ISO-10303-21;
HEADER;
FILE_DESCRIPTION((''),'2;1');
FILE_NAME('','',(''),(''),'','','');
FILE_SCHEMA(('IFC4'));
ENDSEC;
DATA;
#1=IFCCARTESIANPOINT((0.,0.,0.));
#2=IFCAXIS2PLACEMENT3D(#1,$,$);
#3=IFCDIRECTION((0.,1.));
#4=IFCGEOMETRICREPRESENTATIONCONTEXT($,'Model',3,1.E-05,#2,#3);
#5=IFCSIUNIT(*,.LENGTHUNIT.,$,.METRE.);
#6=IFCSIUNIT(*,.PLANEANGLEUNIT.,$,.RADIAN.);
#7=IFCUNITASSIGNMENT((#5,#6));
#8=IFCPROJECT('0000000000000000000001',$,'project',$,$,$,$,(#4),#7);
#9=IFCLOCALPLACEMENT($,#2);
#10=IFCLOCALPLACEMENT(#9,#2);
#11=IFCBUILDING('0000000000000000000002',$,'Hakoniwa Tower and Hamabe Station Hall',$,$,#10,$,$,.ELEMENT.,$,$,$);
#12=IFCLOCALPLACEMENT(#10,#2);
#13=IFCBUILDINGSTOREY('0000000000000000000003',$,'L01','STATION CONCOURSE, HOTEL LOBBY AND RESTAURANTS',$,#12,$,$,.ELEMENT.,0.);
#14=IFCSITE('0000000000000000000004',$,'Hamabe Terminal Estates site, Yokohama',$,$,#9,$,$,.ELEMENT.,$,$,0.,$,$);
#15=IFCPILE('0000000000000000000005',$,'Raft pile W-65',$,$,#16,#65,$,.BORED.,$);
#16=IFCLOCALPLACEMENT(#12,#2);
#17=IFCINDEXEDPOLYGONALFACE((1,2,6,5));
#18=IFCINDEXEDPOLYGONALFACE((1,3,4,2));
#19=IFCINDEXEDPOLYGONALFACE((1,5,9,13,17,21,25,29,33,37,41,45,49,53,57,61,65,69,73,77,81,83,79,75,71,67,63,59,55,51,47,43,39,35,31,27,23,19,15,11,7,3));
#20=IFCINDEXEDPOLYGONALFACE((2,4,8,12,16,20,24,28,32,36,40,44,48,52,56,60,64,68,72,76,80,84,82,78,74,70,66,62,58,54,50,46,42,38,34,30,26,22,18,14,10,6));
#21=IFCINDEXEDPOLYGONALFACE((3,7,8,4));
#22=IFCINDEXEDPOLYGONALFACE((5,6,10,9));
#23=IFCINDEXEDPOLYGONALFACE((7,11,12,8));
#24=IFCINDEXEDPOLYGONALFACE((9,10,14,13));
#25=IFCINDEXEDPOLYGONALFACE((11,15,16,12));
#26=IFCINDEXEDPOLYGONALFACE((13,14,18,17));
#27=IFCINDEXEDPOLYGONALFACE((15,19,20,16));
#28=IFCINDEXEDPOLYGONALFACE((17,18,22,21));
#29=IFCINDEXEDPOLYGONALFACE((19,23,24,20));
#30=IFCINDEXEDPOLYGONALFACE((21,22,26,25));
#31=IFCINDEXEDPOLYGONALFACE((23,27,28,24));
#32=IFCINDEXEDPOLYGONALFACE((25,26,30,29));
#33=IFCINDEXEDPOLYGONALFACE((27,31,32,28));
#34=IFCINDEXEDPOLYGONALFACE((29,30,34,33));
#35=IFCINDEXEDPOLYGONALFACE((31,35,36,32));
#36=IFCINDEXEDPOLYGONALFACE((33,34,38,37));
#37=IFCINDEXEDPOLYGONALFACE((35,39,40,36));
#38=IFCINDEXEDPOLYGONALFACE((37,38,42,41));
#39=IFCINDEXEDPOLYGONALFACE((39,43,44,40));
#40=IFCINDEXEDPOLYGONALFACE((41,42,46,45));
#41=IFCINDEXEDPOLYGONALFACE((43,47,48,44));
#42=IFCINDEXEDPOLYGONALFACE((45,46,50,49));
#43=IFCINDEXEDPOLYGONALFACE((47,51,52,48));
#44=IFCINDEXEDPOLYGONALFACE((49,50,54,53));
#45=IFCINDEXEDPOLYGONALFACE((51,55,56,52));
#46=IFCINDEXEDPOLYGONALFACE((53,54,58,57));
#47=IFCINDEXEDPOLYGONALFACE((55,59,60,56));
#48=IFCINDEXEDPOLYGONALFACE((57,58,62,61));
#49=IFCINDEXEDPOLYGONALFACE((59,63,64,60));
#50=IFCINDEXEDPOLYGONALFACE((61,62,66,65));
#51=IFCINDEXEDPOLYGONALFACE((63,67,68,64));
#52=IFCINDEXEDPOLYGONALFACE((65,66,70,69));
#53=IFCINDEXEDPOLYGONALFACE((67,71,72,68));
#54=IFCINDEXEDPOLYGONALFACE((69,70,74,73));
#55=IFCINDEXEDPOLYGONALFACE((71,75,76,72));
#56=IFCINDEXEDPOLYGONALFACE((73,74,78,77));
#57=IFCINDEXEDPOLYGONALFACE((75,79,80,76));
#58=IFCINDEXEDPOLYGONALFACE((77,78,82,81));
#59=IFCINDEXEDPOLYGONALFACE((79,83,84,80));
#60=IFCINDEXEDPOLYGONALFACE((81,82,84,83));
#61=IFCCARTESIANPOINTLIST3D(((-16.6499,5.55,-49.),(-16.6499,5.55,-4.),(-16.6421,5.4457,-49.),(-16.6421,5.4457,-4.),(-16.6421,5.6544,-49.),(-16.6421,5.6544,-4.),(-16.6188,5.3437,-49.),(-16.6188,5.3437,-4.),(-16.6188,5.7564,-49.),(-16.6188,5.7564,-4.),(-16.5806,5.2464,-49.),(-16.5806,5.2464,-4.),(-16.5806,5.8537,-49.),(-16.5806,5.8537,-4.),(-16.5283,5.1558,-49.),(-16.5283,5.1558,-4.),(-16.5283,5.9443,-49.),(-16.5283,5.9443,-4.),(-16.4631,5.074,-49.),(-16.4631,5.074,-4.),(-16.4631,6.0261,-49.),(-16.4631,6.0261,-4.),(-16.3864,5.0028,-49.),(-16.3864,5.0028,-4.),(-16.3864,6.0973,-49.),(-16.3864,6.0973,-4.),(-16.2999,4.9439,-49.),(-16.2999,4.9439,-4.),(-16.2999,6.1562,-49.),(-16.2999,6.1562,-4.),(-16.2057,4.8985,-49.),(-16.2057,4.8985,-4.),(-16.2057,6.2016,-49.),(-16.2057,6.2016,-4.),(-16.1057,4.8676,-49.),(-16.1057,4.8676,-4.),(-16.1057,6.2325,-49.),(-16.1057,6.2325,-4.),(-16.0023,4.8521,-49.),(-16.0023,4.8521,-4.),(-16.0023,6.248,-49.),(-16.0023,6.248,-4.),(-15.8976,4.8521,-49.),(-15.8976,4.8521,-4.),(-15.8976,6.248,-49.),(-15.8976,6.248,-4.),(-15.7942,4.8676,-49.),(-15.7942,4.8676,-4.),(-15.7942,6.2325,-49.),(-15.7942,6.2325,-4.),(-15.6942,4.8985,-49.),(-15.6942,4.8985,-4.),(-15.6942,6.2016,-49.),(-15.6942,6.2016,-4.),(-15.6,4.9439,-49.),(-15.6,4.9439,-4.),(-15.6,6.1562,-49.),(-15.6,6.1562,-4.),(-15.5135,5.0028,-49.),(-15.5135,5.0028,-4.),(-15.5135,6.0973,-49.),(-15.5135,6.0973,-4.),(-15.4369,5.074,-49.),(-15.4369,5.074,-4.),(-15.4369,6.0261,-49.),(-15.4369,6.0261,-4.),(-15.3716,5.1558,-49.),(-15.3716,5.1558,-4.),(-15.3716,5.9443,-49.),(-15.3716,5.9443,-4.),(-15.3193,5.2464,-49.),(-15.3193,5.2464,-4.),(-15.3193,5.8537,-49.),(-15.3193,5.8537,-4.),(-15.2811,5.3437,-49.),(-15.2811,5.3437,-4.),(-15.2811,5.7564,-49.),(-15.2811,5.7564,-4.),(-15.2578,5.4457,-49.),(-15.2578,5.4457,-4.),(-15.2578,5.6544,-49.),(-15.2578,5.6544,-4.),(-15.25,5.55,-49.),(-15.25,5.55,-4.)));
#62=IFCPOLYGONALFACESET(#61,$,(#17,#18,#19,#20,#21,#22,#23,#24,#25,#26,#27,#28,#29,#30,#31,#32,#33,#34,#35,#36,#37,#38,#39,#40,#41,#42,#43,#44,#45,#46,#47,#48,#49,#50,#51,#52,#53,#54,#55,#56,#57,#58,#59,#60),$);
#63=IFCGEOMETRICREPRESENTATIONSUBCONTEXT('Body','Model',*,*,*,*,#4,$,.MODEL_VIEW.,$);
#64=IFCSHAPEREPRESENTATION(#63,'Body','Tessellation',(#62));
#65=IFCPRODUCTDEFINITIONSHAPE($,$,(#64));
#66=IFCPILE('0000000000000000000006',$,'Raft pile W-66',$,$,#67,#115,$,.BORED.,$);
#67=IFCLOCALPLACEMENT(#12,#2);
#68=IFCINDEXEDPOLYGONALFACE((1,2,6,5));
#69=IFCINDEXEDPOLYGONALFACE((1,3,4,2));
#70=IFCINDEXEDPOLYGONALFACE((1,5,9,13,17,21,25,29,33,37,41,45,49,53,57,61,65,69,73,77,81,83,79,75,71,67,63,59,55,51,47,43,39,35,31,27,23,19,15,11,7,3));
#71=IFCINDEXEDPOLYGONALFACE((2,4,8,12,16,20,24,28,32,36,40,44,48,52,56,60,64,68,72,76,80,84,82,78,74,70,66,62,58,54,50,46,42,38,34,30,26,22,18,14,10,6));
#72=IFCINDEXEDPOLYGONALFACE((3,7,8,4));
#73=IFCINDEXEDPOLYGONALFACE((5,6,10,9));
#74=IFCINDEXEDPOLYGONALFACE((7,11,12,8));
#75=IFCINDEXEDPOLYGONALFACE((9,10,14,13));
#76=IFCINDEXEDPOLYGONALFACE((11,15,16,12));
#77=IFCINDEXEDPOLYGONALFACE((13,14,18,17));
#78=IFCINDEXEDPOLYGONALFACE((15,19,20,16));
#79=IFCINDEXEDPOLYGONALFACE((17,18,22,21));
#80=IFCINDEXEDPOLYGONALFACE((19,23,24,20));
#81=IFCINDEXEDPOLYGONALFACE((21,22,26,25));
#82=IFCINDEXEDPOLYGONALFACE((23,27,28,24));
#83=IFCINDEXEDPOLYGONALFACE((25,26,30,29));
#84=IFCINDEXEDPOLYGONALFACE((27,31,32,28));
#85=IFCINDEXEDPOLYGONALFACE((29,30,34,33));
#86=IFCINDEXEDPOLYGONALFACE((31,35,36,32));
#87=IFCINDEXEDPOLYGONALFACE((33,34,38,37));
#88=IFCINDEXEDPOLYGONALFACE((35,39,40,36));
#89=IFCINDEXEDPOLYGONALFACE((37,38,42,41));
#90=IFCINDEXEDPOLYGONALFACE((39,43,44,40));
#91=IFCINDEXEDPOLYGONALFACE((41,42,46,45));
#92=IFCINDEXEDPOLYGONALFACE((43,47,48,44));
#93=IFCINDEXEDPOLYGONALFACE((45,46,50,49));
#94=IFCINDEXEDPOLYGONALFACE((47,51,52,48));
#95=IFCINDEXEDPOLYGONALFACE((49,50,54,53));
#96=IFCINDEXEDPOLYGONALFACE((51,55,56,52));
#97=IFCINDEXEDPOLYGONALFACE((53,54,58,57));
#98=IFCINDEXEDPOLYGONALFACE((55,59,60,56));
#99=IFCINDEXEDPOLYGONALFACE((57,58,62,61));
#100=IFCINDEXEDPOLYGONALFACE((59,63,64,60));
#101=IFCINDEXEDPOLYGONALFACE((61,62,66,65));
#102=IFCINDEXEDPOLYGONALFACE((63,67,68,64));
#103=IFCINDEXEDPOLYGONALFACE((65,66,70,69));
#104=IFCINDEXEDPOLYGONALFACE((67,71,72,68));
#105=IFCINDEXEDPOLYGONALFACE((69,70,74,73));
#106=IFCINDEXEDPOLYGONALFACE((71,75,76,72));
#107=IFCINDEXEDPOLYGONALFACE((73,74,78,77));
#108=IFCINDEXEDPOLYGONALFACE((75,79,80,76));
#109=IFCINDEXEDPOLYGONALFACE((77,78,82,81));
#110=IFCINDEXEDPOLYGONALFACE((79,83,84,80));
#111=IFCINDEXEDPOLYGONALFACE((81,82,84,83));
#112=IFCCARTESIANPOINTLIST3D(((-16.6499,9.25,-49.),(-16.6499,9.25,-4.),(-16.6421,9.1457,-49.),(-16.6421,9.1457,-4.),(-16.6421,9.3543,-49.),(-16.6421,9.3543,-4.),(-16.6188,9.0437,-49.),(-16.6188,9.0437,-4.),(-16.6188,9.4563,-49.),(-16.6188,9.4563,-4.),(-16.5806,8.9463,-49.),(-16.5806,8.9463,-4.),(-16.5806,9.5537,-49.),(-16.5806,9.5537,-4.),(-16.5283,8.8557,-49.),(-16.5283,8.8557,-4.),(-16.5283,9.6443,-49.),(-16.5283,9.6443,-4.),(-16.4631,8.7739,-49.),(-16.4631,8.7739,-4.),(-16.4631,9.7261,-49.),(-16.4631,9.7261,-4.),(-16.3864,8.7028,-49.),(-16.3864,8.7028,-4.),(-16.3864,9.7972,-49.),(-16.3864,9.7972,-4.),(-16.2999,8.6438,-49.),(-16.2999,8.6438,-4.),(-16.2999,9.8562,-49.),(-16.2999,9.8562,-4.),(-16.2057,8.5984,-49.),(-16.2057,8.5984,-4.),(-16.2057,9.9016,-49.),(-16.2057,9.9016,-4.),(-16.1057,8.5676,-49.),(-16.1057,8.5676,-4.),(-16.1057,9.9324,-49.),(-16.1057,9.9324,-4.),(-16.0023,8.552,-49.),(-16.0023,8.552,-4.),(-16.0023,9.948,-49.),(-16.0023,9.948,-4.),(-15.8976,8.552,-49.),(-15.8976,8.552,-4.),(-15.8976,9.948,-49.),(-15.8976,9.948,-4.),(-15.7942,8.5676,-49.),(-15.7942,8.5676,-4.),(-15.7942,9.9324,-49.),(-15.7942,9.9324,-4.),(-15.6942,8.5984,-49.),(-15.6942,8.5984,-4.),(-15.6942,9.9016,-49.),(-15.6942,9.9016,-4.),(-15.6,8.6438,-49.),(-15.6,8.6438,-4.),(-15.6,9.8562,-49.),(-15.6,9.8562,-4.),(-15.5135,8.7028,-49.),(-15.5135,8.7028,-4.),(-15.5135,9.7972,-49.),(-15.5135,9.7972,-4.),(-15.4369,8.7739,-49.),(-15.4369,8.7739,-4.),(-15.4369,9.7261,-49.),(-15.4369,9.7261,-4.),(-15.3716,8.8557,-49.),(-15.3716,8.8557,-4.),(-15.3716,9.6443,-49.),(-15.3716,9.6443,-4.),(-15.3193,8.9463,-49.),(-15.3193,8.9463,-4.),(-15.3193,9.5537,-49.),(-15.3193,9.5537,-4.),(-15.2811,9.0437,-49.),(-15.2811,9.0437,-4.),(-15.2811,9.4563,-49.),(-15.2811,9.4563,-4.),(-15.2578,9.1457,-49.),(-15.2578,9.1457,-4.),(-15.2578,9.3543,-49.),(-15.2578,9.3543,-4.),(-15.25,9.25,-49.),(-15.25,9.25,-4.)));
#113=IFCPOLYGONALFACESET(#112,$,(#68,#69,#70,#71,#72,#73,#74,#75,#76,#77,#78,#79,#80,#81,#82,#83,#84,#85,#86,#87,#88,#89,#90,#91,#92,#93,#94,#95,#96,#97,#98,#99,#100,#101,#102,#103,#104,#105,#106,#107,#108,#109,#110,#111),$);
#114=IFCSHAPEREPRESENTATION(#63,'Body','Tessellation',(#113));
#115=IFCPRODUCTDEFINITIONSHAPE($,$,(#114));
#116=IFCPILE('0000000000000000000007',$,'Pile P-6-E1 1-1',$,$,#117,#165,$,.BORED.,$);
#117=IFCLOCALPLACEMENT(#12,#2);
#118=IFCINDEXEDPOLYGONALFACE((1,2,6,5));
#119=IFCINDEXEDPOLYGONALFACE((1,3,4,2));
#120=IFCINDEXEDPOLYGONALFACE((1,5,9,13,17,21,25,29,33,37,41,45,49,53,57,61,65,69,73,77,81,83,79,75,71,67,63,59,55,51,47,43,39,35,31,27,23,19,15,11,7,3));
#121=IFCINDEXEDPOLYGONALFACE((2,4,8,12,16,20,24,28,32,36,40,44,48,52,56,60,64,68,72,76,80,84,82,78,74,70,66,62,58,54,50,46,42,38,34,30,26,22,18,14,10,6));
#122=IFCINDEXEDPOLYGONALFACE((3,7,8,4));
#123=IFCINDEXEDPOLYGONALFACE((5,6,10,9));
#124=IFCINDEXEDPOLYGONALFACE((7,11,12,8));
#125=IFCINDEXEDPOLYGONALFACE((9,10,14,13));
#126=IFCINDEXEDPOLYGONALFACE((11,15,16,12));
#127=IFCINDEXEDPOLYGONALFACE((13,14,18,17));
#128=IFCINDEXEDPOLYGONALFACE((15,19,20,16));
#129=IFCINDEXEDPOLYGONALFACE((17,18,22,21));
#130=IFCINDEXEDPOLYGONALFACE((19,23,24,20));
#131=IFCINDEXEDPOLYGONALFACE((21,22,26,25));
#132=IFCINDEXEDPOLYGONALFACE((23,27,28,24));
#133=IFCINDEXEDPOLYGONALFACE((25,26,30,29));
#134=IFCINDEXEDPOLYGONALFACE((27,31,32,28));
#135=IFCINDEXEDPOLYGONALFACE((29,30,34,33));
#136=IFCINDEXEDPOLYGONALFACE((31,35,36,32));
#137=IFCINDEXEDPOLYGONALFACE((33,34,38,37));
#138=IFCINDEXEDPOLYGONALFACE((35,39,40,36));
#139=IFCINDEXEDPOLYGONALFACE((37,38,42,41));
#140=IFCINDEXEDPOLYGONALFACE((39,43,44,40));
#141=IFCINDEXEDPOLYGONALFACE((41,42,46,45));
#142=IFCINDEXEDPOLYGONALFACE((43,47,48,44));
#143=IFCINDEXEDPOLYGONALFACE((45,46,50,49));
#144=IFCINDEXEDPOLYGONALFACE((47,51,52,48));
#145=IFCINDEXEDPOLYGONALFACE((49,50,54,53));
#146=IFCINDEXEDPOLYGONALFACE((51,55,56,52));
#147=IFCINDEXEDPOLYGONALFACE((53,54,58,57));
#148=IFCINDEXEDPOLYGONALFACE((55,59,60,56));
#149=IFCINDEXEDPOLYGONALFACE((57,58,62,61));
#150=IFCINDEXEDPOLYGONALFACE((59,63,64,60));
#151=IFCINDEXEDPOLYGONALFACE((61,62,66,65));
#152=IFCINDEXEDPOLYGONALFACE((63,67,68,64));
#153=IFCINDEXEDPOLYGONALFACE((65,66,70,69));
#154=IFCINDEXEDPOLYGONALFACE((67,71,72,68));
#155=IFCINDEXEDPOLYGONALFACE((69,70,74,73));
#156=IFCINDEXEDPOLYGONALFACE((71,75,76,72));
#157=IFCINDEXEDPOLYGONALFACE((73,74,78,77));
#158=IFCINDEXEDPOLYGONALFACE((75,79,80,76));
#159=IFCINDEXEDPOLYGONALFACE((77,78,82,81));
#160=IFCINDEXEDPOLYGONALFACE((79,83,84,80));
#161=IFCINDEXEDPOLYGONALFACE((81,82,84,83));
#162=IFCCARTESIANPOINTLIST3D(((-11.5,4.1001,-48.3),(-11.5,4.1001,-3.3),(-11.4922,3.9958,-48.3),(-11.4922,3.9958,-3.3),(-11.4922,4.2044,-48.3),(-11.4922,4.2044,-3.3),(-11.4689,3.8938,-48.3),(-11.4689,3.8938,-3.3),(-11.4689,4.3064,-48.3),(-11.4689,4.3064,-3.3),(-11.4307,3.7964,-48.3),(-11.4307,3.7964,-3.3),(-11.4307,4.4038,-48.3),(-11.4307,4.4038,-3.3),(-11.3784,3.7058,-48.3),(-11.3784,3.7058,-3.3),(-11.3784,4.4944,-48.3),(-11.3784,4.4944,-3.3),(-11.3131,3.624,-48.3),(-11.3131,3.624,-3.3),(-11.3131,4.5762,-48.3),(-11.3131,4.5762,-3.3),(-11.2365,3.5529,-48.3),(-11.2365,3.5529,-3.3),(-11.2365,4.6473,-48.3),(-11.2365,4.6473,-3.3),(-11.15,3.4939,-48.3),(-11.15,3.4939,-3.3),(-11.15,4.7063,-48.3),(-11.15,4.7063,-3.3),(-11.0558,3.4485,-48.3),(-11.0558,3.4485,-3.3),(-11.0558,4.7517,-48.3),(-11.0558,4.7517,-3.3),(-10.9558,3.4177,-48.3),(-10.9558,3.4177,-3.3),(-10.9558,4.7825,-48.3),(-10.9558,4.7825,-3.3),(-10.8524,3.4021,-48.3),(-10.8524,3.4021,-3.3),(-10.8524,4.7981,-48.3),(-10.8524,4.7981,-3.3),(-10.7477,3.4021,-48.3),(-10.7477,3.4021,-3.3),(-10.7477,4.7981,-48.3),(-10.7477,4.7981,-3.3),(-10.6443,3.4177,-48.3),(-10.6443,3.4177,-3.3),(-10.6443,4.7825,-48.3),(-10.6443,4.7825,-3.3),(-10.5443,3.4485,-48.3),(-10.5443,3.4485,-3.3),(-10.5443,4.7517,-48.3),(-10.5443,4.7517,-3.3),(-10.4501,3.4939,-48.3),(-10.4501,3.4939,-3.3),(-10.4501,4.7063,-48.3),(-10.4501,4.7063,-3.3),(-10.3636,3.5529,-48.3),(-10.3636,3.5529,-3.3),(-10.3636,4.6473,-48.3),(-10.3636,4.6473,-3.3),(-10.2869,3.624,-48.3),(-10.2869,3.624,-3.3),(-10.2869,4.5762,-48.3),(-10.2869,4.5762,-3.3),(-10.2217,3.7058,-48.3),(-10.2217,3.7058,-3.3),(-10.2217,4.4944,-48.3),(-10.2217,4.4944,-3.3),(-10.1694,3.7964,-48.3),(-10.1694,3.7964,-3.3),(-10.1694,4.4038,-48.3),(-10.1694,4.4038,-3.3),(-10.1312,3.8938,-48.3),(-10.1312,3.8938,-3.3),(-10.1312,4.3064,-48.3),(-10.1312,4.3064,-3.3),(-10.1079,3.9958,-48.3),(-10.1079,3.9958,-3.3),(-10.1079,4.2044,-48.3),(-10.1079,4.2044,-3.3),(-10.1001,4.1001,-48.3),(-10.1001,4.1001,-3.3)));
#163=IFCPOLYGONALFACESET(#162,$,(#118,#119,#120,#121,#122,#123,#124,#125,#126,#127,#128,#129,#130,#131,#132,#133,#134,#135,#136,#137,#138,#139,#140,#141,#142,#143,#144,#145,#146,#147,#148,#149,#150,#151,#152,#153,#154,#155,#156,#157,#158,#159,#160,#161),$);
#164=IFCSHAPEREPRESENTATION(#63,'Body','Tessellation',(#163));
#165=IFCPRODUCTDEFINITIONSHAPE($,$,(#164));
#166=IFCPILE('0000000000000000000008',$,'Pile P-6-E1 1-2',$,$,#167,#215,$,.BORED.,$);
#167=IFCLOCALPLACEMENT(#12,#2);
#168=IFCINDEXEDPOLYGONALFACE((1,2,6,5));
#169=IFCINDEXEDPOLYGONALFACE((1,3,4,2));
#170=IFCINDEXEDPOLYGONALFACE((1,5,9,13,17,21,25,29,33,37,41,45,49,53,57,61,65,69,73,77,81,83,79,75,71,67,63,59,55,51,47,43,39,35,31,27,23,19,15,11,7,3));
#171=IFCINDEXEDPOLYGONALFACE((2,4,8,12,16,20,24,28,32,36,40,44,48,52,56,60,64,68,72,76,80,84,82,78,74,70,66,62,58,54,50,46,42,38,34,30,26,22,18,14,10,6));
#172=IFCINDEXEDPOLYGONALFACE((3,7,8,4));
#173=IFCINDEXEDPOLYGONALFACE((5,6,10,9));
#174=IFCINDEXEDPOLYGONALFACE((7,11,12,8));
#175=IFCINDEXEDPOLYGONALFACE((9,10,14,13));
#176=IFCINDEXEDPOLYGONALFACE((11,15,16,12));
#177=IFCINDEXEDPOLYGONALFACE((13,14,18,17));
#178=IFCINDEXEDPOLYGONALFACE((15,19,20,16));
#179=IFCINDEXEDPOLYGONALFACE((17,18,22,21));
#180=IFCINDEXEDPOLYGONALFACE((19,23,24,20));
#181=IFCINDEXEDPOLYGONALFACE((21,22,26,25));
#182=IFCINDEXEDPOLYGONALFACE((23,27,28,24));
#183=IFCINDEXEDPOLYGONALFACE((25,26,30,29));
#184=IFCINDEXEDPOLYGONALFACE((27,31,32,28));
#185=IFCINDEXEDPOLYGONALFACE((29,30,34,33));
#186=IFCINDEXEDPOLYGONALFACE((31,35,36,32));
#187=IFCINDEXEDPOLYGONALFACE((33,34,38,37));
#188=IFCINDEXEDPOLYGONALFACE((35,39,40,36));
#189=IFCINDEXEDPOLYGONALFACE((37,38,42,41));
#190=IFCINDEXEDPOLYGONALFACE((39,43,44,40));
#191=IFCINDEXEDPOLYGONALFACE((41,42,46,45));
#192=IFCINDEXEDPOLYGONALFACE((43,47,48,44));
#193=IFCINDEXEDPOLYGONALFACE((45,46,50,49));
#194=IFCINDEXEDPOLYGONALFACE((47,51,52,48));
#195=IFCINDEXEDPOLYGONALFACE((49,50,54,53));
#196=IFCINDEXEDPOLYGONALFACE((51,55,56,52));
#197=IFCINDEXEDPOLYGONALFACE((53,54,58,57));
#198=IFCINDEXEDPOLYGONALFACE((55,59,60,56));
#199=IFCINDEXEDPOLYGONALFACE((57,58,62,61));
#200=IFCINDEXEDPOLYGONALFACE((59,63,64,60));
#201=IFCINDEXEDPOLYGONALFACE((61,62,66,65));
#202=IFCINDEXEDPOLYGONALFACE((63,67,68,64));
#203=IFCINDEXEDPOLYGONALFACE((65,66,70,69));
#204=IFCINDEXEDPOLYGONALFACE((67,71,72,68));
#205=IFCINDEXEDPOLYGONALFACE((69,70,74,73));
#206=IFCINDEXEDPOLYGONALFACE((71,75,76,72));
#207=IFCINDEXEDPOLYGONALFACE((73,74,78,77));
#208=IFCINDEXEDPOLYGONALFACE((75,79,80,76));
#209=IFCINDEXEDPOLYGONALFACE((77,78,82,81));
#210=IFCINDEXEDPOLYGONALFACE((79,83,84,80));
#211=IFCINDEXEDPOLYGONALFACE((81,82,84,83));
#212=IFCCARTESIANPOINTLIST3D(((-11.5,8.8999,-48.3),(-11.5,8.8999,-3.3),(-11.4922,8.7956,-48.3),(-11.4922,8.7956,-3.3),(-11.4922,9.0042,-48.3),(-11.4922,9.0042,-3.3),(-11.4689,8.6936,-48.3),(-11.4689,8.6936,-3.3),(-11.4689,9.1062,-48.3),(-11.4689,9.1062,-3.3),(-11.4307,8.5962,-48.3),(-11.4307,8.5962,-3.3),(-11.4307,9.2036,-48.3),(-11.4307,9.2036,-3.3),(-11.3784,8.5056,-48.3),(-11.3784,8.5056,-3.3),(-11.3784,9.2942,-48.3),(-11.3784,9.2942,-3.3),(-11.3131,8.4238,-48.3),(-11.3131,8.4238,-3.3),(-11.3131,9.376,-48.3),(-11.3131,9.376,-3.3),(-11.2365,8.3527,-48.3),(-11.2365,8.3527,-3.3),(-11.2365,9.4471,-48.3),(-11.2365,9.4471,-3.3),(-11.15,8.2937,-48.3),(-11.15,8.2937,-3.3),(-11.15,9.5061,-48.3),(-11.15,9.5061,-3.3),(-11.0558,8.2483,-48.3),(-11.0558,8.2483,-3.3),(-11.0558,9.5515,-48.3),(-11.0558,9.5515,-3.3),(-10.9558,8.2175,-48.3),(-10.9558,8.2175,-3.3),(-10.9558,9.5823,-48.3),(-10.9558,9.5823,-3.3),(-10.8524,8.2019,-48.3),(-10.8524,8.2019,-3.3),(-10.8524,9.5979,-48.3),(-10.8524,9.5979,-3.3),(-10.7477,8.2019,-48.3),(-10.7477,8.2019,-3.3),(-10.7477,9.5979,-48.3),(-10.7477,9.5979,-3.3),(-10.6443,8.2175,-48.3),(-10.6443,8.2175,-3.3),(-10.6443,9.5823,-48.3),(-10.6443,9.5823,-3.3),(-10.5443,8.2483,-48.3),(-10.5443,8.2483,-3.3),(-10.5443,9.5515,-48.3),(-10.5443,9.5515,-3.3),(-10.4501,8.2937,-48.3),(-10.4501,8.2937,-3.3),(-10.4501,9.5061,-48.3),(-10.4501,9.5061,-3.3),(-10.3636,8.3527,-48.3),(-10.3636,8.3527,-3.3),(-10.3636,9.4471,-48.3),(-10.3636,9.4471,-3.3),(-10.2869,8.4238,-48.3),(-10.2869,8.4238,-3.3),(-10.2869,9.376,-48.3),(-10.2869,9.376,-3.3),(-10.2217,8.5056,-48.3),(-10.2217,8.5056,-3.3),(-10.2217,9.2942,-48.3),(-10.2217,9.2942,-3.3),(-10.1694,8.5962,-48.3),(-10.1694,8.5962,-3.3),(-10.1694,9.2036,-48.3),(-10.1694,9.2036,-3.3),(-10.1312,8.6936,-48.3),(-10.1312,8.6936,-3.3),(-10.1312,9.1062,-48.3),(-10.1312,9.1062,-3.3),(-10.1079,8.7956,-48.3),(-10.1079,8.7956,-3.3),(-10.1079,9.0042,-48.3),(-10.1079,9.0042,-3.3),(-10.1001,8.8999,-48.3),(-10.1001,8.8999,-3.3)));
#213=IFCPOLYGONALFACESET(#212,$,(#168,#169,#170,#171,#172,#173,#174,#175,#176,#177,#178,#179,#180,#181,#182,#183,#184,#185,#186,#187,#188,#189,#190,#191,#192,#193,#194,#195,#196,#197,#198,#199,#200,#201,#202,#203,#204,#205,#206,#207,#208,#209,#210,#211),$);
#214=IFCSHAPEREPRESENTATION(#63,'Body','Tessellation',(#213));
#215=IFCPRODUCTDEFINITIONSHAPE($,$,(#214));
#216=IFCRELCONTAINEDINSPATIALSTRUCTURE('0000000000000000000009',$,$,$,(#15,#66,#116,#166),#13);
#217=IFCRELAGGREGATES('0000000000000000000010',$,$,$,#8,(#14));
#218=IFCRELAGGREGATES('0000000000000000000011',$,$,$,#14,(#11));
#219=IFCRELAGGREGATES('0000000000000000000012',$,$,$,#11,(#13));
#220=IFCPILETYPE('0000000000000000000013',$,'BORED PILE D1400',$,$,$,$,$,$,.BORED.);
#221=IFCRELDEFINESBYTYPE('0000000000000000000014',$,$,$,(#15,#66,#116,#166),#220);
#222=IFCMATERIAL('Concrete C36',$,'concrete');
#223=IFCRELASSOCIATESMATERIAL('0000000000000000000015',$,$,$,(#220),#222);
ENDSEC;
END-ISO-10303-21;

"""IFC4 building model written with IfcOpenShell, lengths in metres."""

from ifc_helpers import new_model, si_unit, direction, frame, origin, origin_2d, place, context, subcontext, project, spatial, circle, extrude, material, material_profile, profile_set, type_object, element, save


model = new_model("IFC4")

# Units and contexts
model_context = context("Model", 3, precision=1e-05, world=origin(), true_north=direction((0.0, 1.0)))
body_context = subcontext(model_context, "Body", "Model", "MODEL_VIEW")
ifc_project = project(units=[si_unit("LENGTHUNIT", "METRE"), si_unit("PLANEANGLEUNIT", "RADIAN")], contexts=[model_context])

# Site, building, storey
site_placement = place(None, origin())
site = spatial("IfcSite", under=ifc_project, at=site_placement, Name="Hamabe Terminal Estates site, Yokohama", CompositionType="ELEMENT", RefElevation=0.0)
building_placement = place(site_placement, origin())
building = spatial("IfcBuilding", under=site, at=building_placement, Name="Hakoniwa Tower and Hamabe Station Hall", CompositionType="ELEMENT")
storey_placement = place(building_placement, origin())
storey = spatial("IfcBuildingStorey", under=building, at=storey_placement, Name="L01", Description="STATION CONCOURSE, HOTEL LOBBY AND RESTAURANTS", CompositionType="ELEMENT", Elevation=0.0)

# Piles
ifc_material_1 = material(Name="Concrete C36", Category="concrete")
ifc_material_profile_1 = material_profile(ifc_material_1, circle(Radius=0.7, at=origin_2d()), Name="BORED PILE D1400")
ifc_profile_set_1 = profile_set([ifc_material_profile_1], Name="Concrete C36")
pile_type = type_object("IfcPileType", Name="BORED PILE D1400", PredefinedType="BORED", material=ifc_profile_set_1)
for number, where, z_axis, x_axis, name in (
    (1, (-15.95, 5.55, -4.0), (0.0, 0.0, -1.0), (1.0, 0.0, 0.0), "Raft pile W-65"),
    (2, (-15.95, 9.25, -4.0), (0.0, 0.0, -1.0), (1.0, 0.0, 0.0), "Raft pile W-66"),
    (3, (-10.8, 4.1001, -3.3), (0.0, 0.0, -1.0), (1.0, 0.0, 0.0), "Pile P-6-E1 1-1"),
    (4, (-10.8, 8.8999, -3.3), (0.0, 0.0, -1.0), (1.0, 0.0, 0.0), "Pile P-6-E1 1-2"),
):
    element("IfcPile", number, at=place(storey_placement, frame(where, z_axis=z_axis, x_axis=x_axis)), inside=storey, type_object=pile_type, Name=name, PredefinedType="BORED", context=body_context, shape_type="SweptSolid", body=[
        extrude(circle(Radius=0.7, at=origin_2d()), origin(), (0.0, 0.0, 1.0), 45.0),
    ])

save(model, "model.ifc")
